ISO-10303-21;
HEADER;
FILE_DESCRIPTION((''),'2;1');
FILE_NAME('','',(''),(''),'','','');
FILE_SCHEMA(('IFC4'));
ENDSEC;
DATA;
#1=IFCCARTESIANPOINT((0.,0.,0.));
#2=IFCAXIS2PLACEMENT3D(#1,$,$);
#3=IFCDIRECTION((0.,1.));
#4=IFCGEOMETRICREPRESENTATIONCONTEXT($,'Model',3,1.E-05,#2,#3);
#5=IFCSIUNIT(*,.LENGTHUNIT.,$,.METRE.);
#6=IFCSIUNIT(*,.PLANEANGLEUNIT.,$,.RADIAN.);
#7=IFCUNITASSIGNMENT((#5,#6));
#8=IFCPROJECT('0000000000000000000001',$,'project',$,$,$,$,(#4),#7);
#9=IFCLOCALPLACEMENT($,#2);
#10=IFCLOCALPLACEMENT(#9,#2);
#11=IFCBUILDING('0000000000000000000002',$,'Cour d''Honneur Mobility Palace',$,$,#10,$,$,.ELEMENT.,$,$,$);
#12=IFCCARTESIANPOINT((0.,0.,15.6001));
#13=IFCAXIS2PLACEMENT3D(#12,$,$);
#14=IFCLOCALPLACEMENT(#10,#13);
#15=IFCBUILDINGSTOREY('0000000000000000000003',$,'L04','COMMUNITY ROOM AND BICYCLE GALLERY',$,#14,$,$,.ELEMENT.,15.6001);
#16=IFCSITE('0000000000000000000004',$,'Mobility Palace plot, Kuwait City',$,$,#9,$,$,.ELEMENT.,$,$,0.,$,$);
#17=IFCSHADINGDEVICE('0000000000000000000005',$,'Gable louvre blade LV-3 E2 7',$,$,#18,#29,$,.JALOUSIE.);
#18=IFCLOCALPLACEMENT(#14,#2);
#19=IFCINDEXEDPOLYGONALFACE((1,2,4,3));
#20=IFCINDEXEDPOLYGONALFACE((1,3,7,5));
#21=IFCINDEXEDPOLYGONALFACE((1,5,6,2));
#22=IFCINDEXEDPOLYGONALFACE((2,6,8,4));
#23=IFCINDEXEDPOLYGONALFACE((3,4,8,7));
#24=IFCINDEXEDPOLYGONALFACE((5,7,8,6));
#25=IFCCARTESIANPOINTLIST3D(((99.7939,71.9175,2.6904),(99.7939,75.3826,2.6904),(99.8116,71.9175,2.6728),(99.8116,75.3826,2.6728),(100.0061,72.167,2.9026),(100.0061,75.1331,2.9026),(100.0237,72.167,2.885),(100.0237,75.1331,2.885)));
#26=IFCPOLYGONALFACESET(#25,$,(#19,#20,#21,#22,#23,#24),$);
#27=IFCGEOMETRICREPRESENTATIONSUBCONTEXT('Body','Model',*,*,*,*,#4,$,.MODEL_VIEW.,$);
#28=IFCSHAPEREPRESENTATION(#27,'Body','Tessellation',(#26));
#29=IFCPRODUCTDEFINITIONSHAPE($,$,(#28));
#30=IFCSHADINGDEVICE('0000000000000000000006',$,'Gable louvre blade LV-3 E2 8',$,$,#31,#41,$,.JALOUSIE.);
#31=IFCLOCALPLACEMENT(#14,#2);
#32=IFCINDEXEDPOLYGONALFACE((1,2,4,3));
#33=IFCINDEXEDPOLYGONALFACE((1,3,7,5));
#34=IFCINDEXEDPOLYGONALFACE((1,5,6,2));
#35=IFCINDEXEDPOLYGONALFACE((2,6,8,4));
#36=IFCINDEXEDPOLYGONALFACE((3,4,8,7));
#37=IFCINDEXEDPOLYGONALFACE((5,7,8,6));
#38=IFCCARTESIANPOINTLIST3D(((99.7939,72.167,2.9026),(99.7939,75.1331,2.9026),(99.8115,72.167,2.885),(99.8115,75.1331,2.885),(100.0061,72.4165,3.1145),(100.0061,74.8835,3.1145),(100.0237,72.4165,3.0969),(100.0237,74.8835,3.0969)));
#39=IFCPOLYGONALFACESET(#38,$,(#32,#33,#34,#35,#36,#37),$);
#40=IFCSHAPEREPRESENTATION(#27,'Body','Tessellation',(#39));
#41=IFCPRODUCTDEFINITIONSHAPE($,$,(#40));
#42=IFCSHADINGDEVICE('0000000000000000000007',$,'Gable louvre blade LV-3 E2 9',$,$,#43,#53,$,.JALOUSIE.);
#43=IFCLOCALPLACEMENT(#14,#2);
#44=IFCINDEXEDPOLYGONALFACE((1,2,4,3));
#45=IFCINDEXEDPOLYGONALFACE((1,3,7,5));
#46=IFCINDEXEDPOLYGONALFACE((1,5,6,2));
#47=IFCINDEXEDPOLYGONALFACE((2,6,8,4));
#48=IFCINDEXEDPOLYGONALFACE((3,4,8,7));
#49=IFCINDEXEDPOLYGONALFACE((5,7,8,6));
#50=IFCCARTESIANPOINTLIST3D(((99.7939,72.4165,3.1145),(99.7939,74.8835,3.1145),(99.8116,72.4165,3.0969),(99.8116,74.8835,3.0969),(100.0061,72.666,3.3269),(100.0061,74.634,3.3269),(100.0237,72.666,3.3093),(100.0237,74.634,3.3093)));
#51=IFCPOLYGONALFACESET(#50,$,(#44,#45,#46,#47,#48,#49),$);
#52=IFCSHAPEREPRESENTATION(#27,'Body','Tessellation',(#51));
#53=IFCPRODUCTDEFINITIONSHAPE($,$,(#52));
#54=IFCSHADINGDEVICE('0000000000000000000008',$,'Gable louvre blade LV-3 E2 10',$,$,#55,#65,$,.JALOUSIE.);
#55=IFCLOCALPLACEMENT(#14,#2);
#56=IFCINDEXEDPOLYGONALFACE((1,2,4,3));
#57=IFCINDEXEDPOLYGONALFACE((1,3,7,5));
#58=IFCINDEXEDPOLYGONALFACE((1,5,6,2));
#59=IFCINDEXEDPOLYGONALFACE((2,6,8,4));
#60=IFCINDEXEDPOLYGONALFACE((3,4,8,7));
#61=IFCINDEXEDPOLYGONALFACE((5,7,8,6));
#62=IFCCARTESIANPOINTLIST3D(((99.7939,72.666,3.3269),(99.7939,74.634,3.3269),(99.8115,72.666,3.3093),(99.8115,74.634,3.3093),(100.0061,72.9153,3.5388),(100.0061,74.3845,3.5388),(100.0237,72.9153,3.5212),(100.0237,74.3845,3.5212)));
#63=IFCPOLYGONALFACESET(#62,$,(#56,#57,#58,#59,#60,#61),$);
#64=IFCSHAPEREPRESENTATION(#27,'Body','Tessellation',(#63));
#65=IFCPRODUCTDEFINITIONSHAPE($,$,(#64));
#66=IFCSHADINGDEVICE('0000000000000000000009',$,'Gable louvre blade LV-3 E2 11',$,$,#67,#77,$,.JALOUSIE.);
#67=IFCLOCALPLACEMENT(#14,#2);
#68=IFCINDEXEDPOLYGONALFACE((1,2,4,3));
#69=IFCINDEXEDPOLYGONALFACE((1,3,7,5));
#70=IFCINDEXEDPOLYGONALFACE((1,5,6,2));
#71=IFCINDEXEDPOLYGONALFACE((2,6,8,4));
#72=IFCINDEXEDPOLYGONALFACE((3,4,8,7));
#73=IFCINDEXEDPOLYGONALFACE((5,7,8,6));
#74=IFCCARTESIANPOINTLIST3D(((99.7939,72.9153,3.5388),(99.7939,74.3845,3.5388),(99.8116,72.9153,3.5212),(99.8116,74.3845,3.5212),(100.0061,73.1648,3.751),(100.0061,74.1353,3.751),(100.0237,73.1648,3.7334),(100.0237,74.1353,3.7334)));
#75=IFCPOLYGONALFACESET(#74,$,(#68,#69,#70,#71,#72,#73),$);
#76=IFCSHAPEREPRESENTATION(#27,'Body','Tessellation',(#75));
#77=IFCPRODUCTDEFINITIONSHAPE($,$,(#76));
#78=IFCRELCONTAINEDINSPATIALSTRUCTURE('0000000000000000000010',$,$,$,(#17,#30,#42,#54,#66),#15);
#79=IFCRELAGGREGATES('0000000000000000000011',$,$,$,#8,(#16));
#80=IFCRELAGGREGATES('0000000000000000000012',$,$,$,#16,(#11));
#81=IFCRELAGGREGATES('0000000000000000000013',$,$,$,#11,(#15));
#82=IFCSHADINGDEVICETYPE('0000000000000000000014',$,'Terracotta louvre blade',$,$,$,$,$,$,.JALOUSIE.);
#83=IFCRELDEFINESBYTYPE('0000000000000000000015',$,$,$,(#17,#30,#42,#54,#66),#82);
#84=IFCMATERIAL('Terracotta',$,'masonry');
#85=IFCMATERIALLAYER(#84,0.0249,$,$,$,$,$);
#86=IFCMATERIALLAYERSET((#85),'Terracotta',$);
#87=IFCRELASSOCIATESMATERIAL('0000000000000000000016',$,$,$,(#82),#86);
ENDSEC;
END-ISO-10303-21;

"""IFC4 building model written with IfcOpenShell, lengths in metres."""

from ifc_helpers import new_model, si_unit, direction, frame, origin, place, context, subcontext, project, spatial, polyline, outline, extrude, material, layer, layer_set, type_object, element, save


model = new_model("IFC4")

# Units and contexts
model_context = context("Model", 3, precision=1e-05, world=origin(), true_north=direction((0.0, 1.0)))
body_context = subcontext(model_context, "Body", "Model", "MODEL_VIEW")
ifc_project = project(units=[si_unit("LENGTHUNIT", "METRE"), si_unit("PLANEANGLEUNIT", "RADIAN")], contexts=[model_context])

# Site, building, storey
site_placement = place(None, origin())
site = spatial("IfcSite", under=ifc_project, at=site_placement, Name="Mobility Palace plot, Kuwait City", CompositionType="ELEMENT", RefElevation=0.0)
building_placement = place(site_placement, origin())
building = spatial("IfcBuilding", under=site, at=building_placement, Name="Cour d'Honneur Mobility Palace", CompositionType="ELEMENT")
storey_placement = place(building_placement, frame((0.0, 0.0, 15.6001)))
storey = spatial("IfcBuildingStorey", under=building, at=storey_placement, Name="L04", Description="COMMUNITY ROOM AND BICYCLE GALLERY", CompositionType="ELEMENT", Elevation=15.6001)

# Shading devices
ifc_material_1 = material(Name="Terracotta", Category="masonry")
ifc_layer_1 = layer(ifc_material_1, 0.0249)
ifc_layer_set_1 = layer_set([ifc_layer_1], Name="Terracotta")
shading_device_type = type_object("IfcShadingDeviceType", Name="Terracotta louvre blade", PredefinedType="JALOUSIE", material=ifc_layer_set_1)
shading_device_1_placement = place(storey_placement, frame((99.7939, 71.9175, 2.6904), z_axis=(-0.707107, 0.0, 0.707107), x_axis=(0.0, 1.0, 0.0)))
element("IfcShadingDevice", 1, at=shading_device_1_placement, inside=storey, type_object=shading_device_type, Name="Gable louvre blade LV-3 E2 7", PredefinedType="JALOUSIE", context=body_context, shape_type="SweptSolid", body=[
    extrude(outline(polyline([(0.0, 0.0), (3.4651, 0.0), (3.2156, -0.3), (0.2495, -0.3), (0.0, 0.0)])), origin(), (0.0, 0.0, -1.0), 0.0249),
])
shading_device_2_placement = place(storey_placement, frame((99.7939, 72.167, 2.9026), z_axis=(-0.7067, 0.0, 0.707514), x_axis=(0.0, 1.0, 0.0)))
element("IfcShadingDevice", 2, at=shading_device_2_placement, inside=storey, type_object=shading_device_type, Name="Gable louvre blade LV-3 E2 8", PredefinedType="JALOUSIE", context=body_context, shape_type="SweptSolid", body=[
    extrude(outline(polyline([(0.0, 0.0), (2.9661, 0.0), (2.7166, -0.2999), (0.2495, -0.2999), (0.0, 0.0)])), origin(), (0.0, 0.0, -1.0), 0.0249),
])
shading_device_3_placement = place(storey_placement, frame((99.7939, 72.4165, 3.1145), z_axis=(-0.707513, 0.0, 0.7067), x_axis=(0.0, 1.0, 0.0)))
element("IfcShadingDevice", 3, at=shading_device_3_placement, inside=storey, type_object=shading_device_type, Name="Gable louvre blade LV-3 E2 9", PredefinedType="JALOUSIE", context=body_context, shape_type="SweptSolid", body=[
    extrude(outline(polyline([(0.0, 0.0), (2.467, 0.0), (2.2175, -0.3002), (0.2495, -0.3002), (0.0, 0.0)])), origin(), (0.0, 0.0, -1.0), 0.0249),
])
shading_device_4_placement = place(storey_placement, frame((99.7939, 72.666, 3.3269), z_axis=(-0.7067, 0.0, 0.707514), x_axis=(0.0, 1.0, 0.0)))
element("IfcShadingDevice", 4, at=shading_device_4_placement, inside=storey, type_object=shading_device_type, Name="Gable louvre blade LV-3 E2 10", PredefinedType="JALOUSIE", context=body_context, shape_type="SweptSolid", body=[
    extrude(outline(polyline([(0.0, 0.0), (1.968, 0.0), (1.7185, -0.2999), (0.2493, -0.2999), (0.0, 0.0)])), origin(), (0.0, 0.0, -1.0), 0.0249),
])
shading_device_5_placement = place(storey_placement, frame((99.7939, 72.9153, 3.5388), z_axis=(-0.707107, 0.0, 0.707107), x_axis=(0.0, 1.0, 0.0)))
element("IfcShadingDevice", 5, at=shading_device_5_placement, inside=storey, type_object=shading_device_type, Name="Gable louvre blade LV-3 E2 11", PredefinedType="JALOUSIE", context=body_context, shape_type="SweptSolid", body=[
    extrude(outline(polyline([(0.0, 0.0), (1.4692, 0.0), (1.22, -0.3), (0.2495, -0.3), (0.0, 0.0)])), origin(), (0.0, 0.0, -1.0), 0.0249),
])

save(model, "model.ifc")
